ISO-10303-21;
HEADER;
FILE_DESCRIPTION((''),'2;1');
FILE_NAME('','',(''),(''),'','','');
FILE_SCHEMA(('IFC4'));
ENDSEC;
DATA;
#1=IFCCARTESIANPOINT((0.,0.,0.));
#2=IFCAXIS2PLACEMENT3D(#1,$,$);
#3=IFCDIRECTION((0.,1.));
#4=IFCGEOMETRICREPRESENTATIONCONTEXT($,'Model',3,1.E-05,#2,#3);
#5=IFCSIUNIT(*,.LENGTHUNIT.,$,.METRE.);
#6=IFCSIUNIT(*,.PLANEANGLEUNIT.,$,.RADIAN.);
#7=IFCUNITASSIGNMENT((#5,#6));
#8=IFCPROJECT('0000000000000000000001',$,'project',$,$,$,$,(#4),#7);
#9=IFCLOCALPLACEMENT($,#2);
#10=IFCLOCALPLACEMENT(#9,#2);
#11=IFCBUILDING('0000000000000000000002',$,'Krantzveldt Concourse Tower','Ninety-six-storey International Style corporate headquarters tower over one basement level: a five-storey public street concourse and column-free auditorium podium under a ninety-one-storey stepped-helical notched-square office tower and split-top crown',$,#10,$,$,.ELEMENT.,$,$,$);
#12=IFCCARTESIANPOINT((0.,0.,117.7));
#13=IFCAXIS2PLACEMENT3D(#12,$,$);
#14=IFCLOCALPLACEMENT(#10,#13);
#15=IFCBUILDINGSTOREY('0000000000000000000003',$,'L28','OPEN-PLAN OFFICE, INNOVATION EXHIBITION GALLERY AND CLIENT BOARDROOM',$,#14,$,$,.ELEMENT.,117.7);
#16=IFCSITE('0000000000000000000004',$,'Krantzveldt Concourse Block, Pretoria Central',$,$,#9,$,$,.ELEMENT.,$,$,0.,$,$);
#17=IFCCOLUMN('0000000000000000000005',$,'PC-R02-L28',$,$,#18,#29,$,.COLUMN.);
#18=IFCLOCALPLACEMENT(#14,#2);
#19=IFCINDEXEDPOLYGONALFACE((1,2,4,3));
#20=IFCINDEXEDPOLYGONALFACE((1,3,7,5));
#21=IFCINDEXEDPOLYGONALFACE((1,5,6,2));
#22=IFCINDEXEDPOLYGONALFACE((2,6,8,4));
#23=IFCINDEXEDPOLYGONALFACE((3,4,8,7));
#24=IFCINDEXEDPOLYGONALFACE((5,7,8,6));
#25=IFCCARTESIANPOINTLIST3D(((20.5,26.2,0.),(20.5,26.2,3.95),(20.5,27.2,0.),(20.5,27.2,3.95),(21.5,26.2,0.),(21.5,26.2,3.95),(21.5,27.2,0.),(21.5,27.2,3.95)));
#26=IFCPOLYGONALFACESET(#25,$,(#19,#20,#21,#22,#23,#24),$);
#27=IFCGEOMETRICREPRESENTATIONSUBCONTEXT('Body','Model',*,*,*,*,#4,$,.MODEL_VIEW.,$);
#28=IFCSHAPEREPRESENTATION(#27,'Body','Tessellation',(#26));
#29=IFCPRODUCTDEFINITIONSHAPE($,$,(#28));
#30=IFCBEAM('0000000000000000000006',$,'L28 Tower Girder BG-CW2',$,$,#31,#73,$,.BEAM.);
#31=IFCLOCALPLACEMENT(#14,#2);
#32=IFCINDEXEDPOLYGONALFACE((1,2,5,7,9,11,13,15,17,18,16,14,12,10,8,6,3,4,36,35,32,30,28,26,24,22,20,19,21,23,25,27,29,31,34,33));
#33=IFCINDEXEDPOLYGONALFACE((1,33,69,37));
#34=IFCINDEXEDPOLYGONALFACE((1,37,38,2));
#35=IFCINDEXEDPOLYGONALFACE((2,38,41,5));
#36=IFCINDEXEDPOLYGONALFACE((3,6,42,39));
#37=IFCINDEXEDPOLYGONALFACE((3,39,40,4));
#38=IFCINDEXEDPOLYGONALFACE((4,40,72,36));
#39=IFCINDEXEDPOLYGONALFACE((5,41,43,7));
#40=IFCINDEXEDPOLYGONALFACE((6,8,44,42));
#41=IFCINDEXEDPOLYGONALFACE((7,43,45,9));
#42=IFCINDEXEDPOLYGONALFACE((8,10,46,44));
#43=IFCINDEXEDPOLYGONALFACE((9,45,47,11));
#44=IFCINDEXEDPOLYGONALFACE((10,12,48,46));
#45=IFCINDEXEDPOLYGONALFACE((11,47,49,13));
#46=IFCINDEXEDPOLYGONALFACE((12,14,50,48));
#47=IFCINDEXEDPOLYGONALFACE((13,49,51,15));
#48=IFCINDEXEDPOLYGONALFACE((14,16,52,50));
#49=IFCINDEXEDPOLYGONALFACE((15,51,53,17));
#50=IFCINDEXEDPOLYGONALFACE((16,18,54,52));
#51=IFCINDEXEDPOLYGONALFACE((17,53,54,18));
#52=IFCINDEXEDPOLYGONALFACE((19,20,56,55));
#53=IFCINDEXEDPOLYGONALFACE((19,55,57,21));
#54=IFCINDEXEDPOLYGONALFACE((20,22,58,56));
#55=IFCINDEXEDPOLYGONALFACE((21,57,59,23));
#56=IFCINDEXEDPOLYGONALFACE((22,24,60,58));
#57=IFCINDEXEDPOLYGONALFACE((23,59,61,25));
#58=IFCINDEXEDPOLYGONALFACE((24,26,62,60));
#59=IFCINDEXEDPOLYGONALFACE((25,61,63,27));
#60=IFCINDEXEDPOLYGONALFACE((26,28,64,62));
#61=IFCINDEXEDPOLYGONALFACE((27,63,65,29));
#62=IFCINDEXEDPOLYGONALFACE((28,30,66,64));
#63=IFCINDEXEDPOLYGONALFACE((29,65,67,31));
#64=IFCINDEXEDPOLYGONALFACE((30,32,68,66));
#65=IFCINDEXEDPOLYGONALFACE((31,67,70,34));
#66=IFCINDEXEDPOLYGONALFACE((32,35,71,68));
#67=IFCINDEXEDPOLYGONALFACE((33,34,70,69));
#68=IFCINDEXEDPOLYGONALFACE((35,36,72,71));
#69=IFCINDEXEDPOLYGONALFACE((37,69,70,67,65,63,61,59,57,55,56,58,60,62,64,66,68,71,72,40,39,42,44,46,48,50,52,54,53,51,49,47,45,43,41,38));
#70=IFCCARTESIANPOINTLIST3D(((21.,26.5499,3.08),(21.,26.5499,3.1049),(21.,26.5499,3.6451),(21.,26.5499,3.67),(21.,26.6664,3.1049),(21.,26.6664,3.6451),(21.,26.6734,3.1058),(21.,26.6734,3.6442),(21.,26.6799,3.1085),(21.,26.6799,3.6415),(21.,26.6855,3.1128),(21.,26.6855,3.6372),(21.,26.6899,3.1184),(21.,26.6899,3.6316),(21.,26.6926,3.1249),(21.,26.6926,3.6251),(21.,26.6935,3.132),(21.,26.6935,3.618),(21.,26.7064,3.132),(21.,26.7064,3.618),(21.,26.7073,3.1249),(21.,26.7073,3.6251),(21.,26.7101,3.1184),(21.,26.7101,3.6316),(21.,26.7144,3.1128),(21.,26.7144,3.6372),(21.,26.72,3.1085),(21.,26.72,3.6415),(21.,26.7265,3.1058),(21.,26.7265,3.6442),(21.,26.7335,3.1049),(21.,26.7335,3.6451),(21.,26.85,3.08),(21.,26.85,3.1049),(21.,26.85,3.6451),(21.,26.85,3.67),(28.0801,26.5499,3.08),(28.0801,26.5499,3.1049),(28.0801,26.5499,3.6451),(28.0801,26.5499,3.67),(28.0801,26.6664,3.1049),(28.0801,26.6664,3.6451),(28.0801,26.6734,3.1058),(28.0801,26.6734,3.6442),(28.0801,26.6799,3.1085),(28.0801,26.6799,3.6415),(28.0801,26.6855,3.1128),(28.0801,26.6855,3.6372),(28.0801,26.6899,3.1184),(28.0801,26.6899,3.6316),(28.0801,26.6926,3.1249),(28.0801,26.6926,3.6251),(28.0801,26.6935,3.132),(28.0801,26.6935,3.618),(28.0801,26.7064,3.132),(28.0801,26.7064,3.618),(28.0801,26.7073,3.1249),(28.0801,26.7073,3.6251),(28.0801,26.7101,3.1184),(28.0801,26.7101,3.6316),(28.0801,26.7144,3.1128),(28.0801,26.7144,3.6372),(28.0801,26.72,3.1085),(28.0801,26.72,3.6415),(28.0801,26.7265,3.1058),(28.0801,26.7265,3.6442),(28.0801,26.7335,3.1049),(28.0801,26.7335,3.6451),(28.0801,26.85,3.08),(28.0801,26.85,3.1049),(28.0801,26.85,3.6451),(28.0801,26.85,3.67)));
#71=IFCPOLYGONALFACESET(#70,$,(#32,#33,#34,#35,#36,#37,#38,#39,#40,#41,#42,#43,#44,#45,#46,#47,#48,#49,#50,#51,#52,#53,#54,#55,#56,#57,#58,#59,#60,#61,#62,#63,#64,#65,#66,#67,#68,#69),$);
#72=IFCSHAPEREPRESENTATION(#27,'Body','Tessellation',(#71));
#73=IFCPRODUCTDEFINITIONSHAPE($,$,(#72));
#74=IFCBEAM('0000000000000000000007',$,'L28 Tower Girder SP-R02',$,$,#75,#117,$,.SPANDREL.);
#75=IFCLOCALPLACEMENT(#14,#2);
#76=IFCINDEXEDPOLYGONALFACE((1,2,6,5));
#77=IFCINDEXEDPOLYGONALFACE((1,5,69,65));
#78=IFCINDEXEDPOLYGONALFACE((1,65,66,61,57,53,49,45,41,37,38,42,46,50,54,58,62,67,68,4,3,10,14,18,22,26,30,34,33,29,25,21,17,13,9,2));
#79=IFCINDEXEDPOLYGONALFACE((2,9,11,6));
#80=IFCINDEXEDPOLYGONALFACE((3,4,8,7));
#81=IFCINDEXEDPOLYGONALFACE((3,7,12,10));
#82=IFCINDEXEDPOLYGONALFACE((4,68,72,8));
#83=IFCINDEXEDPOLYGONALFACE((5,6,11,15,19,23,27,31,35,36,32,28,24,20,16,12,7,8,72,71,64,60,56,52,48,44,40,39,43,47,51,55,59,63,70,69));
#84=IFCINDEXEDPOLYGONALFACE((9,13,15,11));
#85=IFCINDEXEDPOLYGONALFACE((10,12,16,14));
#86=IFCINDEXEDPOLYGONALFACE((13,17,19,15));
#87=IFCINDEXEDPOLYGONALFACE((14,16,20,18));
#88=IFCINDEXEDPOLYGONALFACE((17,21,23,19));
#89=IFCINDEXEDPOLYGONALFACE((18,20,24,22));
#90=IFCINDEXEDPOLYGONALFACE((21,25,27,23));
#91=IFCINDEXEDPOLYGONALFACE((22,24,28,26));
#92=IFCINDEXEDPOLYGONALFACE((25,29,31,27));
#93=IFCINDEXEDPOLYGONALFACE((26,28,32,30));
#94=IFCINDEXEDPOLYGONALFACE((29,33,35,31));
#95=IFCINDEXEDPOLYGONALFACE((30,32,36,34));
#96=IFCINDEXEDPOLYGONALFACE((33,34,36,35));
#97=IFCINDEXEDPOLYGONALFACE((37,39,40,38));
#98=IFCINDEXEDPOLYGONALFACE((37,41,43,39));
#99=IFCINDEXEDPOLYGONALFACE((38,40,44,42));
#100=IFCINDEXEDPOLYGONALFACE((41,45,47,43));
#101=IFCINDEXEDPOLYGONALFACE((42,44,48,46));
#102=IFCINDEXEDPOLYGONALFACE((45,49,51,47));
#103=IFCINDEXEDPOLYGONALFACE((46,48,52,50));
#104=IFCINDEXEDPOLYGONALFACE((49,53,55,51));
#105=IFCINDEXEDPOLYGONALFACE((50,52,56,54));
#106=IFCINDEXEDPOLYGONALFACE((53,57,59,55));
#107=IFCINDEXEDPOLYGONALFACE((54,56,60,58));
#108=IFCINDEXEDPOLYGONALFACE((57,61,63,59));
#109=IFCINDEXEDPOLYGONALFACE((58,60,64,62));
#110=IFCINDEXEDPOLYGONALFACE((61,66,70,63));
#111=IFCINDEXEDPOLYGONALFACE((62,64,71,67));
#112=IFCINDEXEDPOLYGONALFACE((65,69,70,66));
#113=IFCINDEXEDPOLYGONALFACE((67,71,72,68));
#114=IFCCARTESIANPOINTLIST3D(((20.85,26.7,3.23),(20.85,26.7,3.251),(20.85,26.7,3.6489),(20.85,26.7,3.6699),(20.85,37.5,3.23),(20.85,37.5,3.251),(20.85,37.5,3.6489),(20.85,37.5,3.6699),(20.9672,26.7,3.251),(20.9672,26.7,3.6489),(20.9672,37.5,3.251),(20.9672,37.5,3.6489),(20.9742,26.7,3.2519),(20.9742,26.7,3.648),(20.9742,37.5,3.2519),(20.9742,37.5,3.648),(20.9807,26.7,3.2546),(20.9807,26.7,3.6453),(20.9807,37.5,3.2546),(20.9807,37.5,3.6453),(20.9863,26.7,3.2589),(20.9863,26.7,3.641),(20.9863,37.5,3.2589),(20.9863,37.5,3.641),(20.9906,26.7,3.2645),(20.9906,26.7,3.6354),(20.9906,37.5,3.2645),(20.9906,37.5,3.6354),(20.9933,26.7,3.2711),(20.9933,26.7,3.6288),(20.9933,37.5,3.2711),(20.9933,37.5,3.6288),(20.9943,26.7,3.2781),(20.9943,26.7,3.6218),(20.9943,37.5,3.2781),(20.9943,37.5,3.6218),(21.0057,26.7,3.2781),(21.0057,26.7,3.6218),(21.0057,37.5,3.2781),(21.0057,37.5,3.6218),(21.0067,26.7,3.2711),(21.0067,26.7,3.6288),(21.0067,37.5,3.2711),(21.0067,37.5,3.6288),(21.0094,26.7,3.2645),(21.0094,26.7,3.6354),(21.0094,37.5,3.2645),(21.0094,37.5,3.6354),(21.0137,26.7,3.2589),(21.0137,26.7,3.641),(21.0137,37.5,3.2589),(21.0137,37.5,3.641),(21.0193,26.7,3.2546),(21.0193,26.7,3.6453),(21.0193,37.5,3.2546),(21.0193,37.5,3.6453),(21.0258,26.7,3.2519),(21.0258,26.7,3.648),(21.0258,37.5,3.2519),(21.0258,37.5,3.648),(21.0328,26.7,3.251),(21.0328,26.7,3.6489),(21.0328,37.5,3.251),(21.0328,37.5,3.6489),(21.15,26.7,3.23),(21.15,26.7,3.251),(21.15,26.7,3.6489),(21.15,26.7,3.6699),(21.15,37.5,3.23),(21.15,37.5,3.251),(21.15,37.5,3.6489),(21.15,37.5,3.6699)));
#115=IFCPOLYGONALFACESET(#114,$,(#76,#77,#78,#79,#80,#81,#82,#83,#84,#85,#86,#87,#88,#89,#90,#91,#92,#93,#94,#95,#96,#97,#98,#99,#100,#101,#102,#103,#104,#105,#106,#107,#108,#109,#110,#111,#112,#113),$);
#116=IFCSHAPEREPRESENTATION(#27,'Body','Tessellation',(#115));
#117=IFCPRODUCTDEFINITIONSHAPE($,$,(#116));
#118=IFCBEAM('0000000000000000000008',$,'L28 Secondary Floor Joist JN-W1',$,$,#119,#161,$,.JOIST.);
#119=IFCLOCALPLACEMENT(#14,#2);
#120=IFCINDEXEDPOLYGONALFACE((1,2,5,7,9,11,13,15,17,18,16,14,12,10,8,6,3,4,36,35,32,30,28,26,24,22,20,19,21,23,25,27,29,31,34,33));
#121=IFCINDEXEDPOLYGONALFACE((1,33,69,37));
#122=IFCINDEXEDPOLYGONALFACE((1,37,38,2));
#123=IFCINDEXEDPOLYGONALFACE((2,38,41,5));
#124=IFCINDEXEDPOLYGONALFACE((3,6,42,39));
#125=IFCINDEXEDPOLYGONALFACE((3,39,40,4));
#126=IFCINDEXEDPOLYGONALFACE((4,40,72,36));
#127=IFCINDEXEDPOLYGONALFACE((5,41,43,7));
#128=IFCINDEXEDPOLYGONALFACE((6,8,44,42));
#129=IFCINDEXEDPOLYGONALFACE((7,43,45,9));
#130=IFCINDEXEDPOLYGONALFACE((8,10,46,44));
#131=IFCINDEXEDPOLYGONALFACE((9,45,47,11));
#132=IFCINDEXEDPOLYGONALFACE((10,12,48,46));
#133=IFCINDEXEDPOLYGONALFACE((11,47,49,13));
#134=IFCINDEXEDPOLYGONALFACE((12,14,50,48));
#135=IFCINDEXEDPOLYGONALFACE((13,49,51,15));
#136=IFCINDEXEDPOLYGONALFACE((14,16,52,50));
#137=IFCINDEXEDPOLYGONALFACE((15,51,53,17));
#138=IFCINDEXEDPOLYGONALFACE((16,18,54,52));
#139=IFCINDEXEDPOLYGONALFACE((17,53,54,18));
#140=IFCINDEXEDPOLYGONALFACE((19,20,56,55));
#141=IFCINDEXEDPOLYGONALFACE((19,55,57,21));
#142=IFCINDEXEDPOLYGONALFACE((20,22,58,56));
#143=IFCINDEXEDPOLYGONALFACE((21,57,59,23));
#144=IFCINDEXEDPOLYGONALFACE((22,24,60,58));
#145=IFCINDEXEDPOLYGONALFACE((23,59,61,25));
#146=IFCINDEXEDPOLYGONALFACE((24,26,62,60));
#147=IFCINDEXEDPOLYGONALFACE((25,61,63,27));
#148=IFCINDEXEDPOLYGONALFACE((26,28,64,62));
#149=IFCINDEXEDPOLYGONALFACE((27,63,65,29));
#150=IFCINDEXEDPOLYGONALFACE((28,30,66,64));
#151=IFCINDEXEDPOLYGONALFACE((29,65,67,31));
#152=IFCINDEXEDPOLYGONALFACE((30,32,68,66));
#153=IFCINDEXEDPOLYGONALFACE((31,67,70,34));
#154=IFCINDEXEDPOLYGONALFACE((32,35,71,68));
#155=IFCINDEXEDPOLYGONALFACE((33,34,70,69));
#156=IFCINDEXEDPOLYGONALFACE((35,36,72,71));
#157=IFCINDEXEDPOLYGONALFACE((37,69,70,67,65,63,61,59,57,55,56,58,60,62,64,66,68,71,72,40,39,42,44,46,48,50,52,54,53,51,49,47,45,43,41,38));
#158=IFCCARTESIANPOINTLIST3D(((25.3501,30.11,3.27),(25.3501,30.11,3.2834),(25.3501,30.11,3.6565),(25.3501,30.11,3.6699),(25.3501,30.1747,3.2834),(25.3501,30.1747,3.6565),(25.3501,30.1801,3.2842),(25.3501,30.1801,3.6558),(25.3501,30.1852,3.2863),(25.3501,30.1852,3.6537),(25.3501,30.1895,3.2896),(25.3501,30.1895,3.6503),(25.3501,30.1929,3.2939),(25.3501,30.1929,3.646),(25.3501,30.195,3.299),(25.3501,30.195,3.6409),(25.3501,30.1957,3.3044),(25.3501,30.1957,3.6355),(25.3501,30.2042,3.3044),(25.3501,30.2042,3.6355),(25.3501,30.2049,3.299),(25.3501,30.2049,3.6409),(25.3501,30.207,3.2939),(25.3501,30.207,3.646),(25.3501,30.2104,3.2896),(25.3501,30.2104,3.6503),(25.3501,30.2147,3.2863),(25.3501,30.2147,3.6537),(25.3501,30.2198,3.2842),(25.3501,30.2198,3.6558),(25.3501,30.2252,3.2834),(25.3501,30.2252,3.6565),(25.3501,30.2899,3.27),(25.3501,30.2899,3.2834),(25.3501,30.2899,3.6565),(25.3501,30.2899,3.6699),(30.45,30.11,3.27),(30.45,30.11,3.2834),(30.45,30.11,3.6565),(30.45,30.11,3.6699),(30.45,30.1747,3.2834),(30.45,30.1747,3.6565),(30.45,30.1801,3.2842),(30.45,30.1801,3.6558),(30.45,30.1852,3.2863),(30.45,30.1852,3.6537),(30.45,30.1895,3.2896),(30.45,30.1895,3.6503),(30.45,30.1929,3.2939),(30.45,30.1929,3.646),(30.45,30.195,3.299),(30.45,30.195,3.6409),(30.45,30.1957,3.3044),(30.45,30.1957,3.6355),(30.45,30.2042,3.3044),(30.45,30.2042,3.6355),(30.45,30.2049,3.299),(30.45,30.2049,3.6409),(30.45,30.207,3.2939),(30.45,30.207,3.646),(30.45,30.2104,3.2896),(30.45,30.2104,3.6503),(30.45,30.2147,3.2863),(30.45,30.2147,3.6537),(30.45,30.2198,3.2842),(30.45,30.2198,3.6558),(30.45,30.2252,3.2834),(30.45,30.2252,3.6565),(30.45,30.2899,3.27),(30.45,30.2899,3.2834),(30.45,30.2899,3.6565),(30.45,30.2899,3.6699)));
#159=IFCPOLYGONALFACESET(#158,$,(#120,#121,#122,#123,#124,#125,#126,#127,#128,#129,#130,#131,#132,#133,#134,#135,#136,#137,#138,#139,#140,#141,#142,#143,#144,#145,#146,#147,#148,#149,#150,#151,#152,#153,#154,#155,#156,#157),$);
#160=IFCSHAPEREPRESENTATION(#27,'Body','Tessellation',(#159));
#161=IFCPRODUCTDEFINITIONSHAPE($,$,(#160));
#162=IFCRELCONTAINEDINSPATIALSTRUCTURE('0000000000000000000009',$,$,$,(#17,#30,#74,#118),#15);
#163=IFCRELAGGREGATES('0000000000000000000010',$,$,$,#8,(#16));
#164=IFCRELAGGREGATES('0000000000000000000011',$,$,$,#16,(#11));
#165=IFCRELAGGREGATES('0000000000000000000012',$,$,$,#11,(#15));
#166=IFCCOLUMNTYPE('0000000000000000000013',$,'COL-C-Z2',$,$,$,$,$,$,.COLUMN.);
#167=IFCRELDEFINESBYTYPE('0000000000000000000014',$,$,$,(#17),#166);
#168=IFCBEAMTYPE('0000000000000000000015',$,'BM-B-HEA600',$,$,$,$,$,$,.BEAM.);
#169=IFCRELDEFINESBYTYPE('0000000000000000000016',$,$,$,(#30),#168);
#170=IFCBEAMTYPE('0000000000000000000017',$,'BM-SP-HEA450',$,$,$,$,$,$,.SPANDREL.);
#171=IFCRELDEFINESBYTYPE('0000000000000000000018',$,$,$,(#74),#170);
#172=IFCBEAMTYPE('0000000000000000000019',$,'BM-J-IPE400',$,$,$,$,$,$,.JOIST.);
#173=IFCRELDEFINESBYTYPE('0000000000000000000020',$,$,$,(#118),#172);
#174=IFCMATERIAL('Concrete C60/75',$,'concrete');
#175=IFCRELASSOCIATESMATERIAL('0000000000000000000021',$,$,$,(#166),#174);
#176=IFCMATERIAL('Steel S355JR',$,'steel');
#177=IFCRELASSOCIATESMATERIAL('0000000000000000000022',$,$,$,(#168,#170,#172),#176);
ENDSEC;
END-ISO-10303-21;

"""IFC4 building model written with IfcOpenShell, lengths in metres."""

from ifc_helpers import new_model, si_unit, direction, frame, origin, origin_2d, place, context, subcontext, project, spatial, rectangle, i_section, extrude, source, transform, mapped, material, material_profile, profile_set, type_object, type_shapes, element, save


model = new_model("IFC4")

# Units and contexts
model_context = context("Model", 3, precision=1e-05, world=origin(), true_north=direction((0.0, 1.0)))
body_context = subcontext(model_context, "Body", "Model", "MODEL_VIEW")
ifc_project = project(units=[si_unit("LENGTHUNIT", "METRE"), si_unit("PLANEANGLEUNIT", "RADIAN")], contexts=[model_context])

# Site, building, storey
site_placement = place(None, origin())
site = spatial("IfcSite", under=ifc_project, at=site_placement, Name="Krantzveldt Concourse Block, Pretoria Central", CompositionType="ELEMENT", RefElevation=0.0)
building_placement = place(site_placement, origin())
building = spatial("IfcBuilding", under=site, at=building_placement, Name="Krantzveldt Concourse Tower", Description="Ninety-six-storey International Style corporate headquarters tower over one basement level: a five-storey public street concourse and column-free auditorium podium under a ninety-one-storey stepped-helical notched-square office tower and split-top crown", CompositionType="ELEMENT")
storey_placement = place(building_placement, frame((0.0, 0.0, 117.7)))
storey = spatial("IfcBuildingStorey", under=building, at=storey_placement, Name="L28", Description="OPEN-PLAN OFFICE, INNOVATION EXHIBITION GALLERY AND CLIENT BOARDROOM", CompositionType="ELEMENT", Elevation=117.7)

# Column
ifc_material_1 = material(Name="Concrete C60/75", Category="concrete")
ifc_material_profile_1 = material_profile(ifc_material_1, rectangle(XDim=1.0, YDim=1.0, at=origin_2d()), Name="Concrete C60/75", Category="concrete")
ifc_profile_set_1 = profile_set([ifc_material_profile_1], Name="Concrete C60/75 - RC 1000x1000")
column_type = type_object("IfcColumnType", Name="COL-C-Z2", PredefinedType="COLUMN", material=ifc_profile_set_1)
shared_shape_1 = source(origin(), body_context, "Body", "SweptSolid", [
    extrude(rectangle(XDim=1.0, YDim=1.0, at=origin_2d()), origin(), (0.0, 0.0, 1.0), 3.95),
])
type_shapes(column_type, [shared_shape_1])
column_placement = place(storey_placement, frame((21.0, 26.7, 0.0), z_axis=(0.0, 0.0, 1.0), x_axis=(1.0, 0.0, 0.0)))
element("IfcColumn", 1, at=column_placement, inside=storey, type_object=column_type, Name="PC-R02-L28", PredefinedType="COLUMN", context=body_context, shape_type="MappedRepresentation", body=[
    mapped(shared_shape_1, transform((0.0, 0.0, 0.0), x_axis=(1.0, 0.0, 0.0), y_axis=(0.0, 1.0, 0.0), z_axis=(0.0, 0.0, 1.0), scale=1.0)),
])

# Beams
ifc_material_2 = material(Name="Steel S355JR", Category="steel")
ifc_material_profile_2 = material_profile(ifc_material_2, i_section(OverallWidth=0.3, OverallDepth=0.5901, WebThickness=0.0129, FlangeThickness=0.0249, FilletRadius=0.0271, at=origin_2d()), Name="Steel S355JR", Category="steel")
ifc_profile_set_2 = profile_set([ifc_material_profile_2], Name="Steel S355JR - HEA 600")
beam_type_1 = type_object("IfcBeamType", Name="BM-B-HEA600", PredefinedType="BEAM", material=ifc_profile_set_2)
shared_shape_2 = source(origin(), body_context, "Body", "SweptSolid", [
    extrude(i_section(OverallWidth=0.3, OverallDepth=0.5901, WebThickness=0.0129, FlangeThickness=0.0249, FilletRadius=0.0271, at=origin_2d()), origin(), (0.0, 0.0, 1.0), 7.0801),
])
type_shapes(beam_type_1, [shared_shape_2])
beam_1_placement = place(storey_placement, frame((21.0, 26.7, 3.375), z_axis=(1.0, 0.0, 0.0), x_axis=(0.0, 1.0, 0.0)))
element("IfcBeam", 2, at=beam_1_placement, inside=storey, type_object=beam_type_1, Name="L28 Tower Girder BG-CW2", PredefinedType="BEAM", context=body_context, shape_type="MappedRepresentation", body=[
    mapped(shared_shape_2, transform((0.0, 0.0, 0.0), x_axis=(1.0, 0.0, 0.0), y_axis=(0.0, 1.0, 0.0), z_axis=(0.0, 0.0, 1.0), scale=1.0)),
])
ifc_material_profile_3 = material_profile(ifc_material_2, i_section(OverallWidth=0.3, OverallDepth=0.4399, WebThickness=0.0115, FlangeThickness=0.021, FilletRadius=0.0271, at=origin_2d()), Name="Steel S355JR", Category="steel")
ifc_profile_set_3 = profile_set([ifc_material_profile_3], Name="Steel S355JR - HEA 450")
beam_type_2 = type_object("IfcBeamType", Name="BM-SP-HEA450", PredefinedType="SPANDREL", material=ifc_profile_set_3)
shared_shape_3 = source(origin(), body_context, "Body", "SweptSolid", [
    extrude(i_section(OverallWidth=0.3, OverallDepth=0.4399, WebThickness=0.0115, FlangeThickness=0.021, FilletRadius=0.0271, at=origin_2d()), origin(), (0.0, 0.0, 1.0), 10.8),
])
type_shapes(beam_type_2, [shared_shape_3])
beam_2_placement = place(storey_placement, frame((21.0, 26.7, 3.45), z_axis=(0.0, 1.0, 0.0), x_axis=(-1.0, 0.0, 0.0)))
element("IfcBeam", 3, at=beam_2_placement, inside=storey, type_object=beam_type_2, Name="L28 Tower Girder SP-R02", PredefinedType="SPANDREL", context=body_context, shape_type="MappedRepresentation", body=[
    mapped(shared_shape_3, transform((0.0, 0.0, 0.0), x_axis=(1.0, 0.0, 0.0), y_axis=(0.0, 1.0, 0.0), z_axis=(0.0, 0.0, 1.0), scale=1.0)),
])
ifc_material_profile_4 = material_profile(ifc_material_2, i_section(OverallWidth=0.1799, OverallDepth=0.3999, WebThickness=0.0085, FlangeThickness=0.0134, FilletRadius=0.021, at=origin_2d()), Name="Steel S355JR", Category="steel")
ifc_profile_set_4 = profile_set([ifc_material_profile_4], Name="Steel S355JR - IPE 400")
beam_type_3 = type_object("IfcBeamType", Name="BM-J-IPE400", PredefinedType="JOIST", material=ifc_profile_set_4)
shared_shape_4 = source(origin(), body_context, "Body", "SweptSolid", [
    extrude(i_section(OverallWidth=0.1799, OverallDepth=0.3999, WebThickness=0.0085, FlangeThickness=0.0134, FilletRadius=0.021, at=origin_2d()), origin(), (0.0, 0.0, 1.0), 5.0999),
])
type_shapes(beam_type_3, [shared_shape_4])
beam_3_placement = place(storey_placement, frame((25.3501, 30.2, 3.47), z_axis=(1.0, 0.0, 0.0), x_axis=(0.0, 1.0, 0.0)))
element("IfcBeam", 4, at=beam_3_placement, inside=storey, type_object=beam_type_3, Name="L28 Secondary Floor Joist JN-W1", PredefinedType="JOIST", context=body_context, shape_type="MappedRepresentation", body=[
    mapped(shared_shape_4, transform((0.0, 0.0, 0.0), x_axis=(1.0, 0.0, 0.0), y_axis=(0.0, 1.0, 0.0), z_axis=(0.0, 0.0, 1.0), scale=1.0)),
])

save(model, "model.ifc")
